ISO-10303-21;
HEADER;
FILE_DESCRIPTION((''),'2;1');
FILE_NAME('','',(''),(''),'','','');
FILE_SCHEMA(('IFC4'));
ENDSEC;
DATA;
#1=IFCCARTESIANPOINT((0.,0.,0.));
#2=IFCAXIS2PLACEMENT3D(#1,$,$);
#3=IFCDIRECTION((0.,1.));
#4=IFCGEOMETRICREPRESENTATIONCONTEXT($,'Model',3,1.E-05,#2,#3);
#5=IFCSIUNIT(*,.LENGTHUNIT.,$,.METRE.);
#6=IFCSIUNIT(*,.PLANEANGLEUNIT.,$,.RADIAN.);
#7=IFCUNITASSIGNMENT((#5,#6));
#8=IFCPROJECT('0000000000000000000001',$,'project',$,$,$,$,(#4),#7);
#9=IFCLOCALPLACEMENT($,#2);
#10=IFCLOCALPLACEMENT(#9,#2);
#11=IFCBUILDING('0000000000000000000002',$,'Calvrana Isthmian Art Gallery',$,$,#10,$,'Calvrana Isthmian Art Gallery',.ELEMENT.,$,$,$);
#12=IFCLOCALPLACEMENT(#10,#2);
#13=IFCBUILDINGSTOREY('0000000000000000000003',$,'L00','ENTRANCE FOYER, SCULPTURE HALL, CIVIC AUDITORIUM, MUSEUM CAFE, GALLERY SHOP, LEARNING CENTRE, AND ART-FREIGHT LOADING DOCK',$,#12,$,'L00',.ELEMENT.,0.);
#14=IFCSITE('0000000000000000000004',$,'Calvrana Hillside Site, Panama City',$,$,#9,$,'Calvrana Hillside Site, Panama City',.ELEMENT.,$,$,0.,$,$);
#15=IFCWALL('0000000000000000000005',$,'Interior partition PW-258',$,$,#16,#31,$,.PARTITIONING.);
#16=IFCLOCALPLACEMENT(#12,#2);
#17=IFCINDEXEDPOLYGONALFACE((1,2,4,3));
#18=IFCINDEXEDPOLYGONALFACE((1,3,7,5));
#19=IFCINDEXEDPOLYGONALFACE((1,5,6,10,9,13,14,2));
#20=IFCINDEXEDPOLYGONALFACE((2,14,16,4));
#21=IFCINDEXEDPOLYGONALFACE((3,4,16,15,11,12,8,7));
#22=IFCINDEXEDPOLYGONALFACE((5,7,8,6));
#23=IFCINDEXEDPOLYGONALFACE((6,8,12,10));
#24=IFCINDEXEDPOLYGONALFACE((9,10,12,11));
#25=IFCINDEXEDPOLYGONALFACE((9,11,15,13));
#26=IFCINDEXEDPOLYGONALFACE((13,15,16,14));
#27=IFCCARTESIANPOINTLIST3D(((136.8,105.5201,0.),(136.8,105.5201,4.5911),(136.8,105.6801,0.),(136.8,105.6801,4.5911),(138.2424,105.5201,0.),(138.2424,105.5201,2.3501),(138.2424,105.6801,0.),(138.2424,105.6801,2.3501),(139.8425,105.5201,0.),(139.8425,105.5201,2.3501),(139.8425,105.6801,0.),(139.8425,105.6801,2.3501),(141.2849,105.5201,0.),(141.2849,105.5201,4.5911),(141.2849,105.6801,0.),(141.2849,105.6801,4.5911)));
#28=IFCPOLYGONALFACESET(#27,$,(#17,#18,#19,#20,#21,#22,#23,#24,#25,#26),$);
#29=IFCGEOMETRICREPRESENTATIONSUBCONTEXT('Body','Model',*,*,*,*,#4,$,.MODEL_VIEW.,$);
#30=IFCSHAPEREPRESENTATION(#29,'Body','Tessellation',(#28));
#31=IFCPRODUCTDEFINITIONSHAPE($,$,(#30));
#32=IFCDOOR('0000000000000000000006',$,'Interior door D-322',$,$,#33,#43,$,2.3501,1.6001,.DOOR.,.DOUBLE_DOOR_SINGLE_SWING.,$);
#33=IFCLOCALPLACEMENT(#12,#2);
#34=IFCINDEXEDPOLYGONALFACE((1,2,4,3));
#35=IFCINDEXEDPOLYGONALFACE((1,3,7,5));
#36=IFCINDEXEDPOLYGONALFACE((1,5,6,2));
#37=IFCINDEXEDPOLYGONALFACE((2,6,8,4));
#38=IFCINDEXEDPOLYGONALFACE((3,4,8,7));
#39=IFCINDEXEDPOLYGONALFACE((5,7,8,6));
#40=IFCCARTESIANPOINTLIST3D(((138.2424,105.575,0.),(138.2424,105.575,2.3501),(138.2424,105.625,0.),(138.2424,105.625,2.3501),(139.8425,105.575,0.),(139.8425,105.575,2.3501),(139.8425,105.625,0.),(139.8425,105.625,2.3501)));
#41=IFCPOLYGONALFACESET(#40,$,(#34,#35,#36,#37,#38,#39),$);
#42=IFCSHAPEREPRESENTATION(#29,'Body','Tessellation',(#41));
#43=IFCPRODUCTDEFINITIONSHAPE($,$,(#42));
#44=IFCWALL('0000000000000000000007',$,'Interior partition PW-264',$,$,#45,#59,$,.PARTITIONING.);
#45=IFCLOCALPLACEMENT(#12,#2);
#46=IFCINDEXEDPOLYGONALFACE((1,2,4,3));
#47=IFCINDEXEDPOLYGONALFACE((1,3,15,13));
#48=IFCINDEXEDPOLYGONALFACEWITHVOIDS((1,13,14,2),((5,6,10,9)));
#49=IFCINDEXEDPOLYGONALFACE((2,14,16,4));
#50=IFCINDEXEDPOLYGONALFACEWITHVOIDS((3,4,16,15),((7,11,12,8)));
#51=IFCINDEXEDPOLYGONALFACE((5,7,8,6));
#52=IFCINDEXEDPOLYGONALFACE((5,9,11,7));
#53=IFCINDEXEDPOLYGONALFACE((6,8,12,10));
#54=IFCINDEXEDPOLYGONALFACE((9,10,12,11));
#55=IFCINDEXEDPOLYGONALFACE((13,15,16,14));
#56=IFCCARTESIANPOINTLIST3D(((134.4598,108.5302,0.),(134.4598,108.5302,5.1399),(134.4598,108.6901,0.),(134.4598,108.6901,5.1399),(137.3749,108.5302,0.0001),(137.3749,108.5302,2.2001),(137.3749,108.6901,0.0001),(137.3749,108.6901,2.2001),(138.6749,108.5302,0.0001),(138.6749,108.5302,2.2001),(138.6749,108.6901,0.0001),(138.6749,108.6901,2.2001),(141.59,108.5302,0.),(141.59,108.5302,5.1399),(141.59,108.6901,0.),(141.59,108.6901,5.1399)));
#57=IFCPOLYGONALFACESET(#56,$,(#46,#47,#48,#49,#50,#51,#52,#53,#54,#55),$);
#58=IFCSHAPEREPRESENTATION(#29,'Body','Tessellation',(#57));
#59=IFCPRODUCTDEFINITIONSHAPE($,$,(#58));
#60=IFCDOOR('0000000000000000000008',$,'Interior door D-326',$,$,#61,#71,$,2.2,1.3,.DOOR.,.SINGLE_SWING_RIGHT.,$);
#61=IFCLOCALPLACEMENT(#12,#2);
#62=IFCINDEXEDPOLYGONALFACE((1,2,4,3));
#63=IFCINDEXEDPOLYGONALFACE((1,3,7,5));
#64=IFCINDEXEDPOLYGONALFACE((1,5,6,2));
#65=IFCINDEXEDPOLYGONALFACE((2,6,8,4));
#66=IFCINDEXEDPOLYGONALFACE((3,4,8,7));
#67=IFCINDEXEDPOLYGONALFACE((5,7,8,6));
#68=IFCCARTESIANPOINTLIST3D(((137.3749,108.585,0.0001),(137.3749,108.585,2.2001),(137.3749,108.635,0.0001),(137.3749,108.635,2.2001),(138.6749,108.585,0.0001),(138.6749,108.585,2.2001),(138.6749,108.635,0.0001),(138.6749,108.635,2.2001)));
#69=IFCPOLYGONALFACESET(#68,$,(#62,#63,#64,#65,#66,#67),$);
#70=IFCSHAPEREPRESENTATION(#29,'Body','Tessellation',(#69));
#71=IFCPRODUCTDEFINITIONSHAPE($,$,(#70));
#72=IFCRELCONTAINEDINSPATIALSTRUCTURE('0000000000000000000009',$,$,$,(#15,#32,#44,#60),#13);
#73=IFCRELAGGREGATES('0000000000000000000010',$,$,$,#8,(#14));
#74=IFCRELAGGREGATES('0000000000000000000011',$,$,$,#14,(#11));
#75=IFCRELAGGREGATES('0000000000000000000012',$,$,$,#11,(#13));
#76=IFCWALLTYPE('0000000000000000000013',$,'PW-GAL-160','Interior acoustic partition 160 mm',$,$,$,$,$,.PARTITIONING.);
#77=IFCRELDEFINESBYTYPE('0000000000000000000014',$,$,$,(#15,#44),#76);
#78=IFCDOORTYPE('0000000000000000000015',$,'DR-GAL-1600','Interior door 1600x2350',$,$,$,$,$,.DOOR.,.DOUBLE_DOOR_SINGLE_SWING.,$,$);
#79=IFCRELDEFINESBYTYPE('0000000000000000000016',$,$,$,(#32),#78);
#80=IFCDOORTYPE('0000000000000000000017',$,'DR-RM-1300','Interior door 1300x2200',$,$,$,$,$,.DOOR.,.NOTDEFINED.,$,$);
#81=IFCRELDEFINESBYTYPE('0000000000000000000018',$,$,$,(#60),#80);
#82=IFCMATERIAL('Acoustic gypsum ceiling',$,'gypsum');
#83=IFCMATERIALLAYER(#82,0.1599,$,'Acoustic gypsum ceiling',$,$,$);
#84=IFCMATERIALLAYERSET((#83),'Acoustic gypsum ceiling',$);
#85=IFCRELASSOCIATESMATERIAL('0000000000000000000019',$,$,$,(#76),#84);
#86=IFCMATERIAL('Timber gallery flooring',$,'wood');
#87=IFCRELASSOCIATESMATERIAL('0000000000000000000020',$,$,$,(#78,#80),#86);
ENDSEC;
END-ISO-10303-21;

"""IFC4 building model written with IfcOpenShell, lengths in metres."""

from ifc_helpers import new_model, si_unit, direction, frame, frame_2d, origin, place, context, subcontext, project, spatial, rectangle, extrude, material, layer, layer_set, type_object, element, fill, save


model = new_model("IFC4")

# Units and contexts
model_context = context("Model", 3, precision=1e-05, world=origin(), true_north=direction((0.0, 1.0)))
body_context = subcontext(model_context, "Body", "Model", "MODEL_VIEW")
ifc_project = project(units=[si_unit("LENGTHUNIT", "METRE"), si_unit("PLANEANGLEUNIT", "RADIAN")], contexts=[model_context])

# Site, building, storey
site_placement = place(None, origin())
site = spatial("IfcSite", under=ifc_project, at=site_placement, Name="Calvrana Hillside Site, Panama City", LongName="Calvrana Hillside Site, Panama City", CompositionType="ELEMENT", RefElevation=0.0)
building_placement = place(site_placement, origin())
building = spatial("IfcBuilding", under=site, at=building_placement, Name="Calvrana Isthmian Art Gallery", LongName="Calvrana Isthmian Art Gallery", CompositionType="ELEMENT")
storey_placement = place(building_placement, origin())
storey = spatial("IfcBuildingStorey", under=building, at=storey_placement, Name="L00", Description="ENTRANCE FOYER, SCULPTURE HALL, CIVIC AUDITORIUM, MUSEUM CAFE, GALLERY SHOP, LEARNING CENTRE, AND ART-FREIGHT LOADING DOCK", LongName="L00", CompositionType="ELEMENT", Elevation=0.0)

# Walls, openings, doors
ifc_material_1 = material(Name="Acoustic gypsum ceiling", Category="gypsum")
ifc_layer_1 = layer(ifc_material_1, 0.1599, Name="Acoustic gypsum ceiling")
ifc_layer_set_1 = layer_set([ifc_layer_1], Name="Acoustic gypsum ceiling")
wall_type_1 = type_object("IfcWallType", Name="PW-GAL-160", Description="Interior acoustic partition 160 mm", PredefinedType="PARTITIONING", material=ifc_layer_set_1)
wall_1_placement = place(storey_placement, frame((136.8, 105.6001, 0.0), z_axis=(0.0, 0.0, 1.0), x_axis=(1.0, 0.0, 0.0)))
wall_1 = element("IfcWall", 1, at=wall_1_placement, inside=storey, type_object=wall_type_1, Name="Interior partition PW-258", PredefinedType="PARTITIONING", context=body_context, shape_type="SweptSolid", body=[
    extrude(rectangle(XDim=4.4849, YDim=0.1599, at=frame_2d((2.2424, 0.0))), origin(), (0.0, 0.0, 1.0), 4.5911),
])
opening_1_placement = place(wall_1_placement, frame((1.4424, 0.0, 0.0)))
opening_1 = element("IfcOpeningElement", 2, at=opening_1_placement, cuts=wall_1, PredefinedType="OPENING", context=body_context, shape_type="SweptSolid", body=[
    extrude(rectangle(XDim=1.6001, YDim=2.3501, at=frame_2d((0.8, 1.175))), frame((0.0, 0.0903, 0.0), z_axis=(0.0, -1.0, 0.0), x_axis=(1.0, 0.0, 0.0)), (0.0, 0.0, 1.0), 0.1804),
])
ifc_material_2 = material(Name="Timber gallery flooring", Category="wood")
door_type_1 = type_object("IfcDoorType", Name="DR-GAL-1600", Description="Interior door 1600x2350", OperationType="DOUBLE_DOOR_SINGLE_SWING", PredefinedType="DOOR", material=ifc_material_2)
door_1_placement = place(opening_1_placement, origin())
door_1 = element("IfcDoor", 3, at=door_1_placement, inside=storey, type_object=door_type_1, Name="Interior door D-322", OperationType="DOUBLE_DOOR_SINGLE_SWING", OverallHeight=2.3501, OverallWidth=1.6001, PredefinedType="DOOR", context=body_context, shape_type="SweptSolid", body=[
    extrude(rectangle(XDim=1.6001, YDim=2.3501, at=frame_2d((0.8, 1.175))), frame((0.0, 0.0249, 0.0), z_axis=(0.0, -1.0, 0.0), x_axis=(1.0, 0.0, 0.0)), (0.0, 0.0, 1.0), 0.05),
])
fill(opening_1, door_1)
wall_2_placement = place(storey_placement, frame((134.46, 108.6101, 0.0), z_axis=(0.0, 0.0, 1.0), x_axis=(1.0, 0.0, 0.0)))
wall_2 = element("IfcWall", 4, at=wall_2_placement, inside=storey, type_object=wall_type_1, Name="Interior partition PW-264", PredefinedType="PARTITIONING", context=body_context, shape_type="SweptSolid", body=[
    extrude(rectangle(XDim=7.1301, YDim=0.1599, at=frame_2d((3.5649, 0.0))), origin(), (0.0, 0.0, 1.0), 5.1399),
])
opening_2_placement = place(wall_2_placement, frame((2.915, 0.0, 0.0)))
opening_2 = element("IfcOpeningElement", 5, at=opening_2_placement, cuts=wall_2, PredefinedType="OPENING", context=body_context, shape_type="SweptSolid", body=[
    extrude(rectangle(XDim=1.3, YDim=2.2, at=frame_2d((0.6499, 1.1001))), frame((0.0, 0.0903, 0.0), z_axis=(0.0, -1.0, 0.0), x_axis=(1.0, 0.0, 0.0)), (0.0, 0.0, 1.0), 0.1804),
])
door_type_2 = type_object("IfcDoorType", Name="DR-RM-1300", Description="Interior door 1300x2200", OperationType="NOTDEFINED", PredefinedType="DOOR", material=ifc_material_2)
door_2_placement = place(opening_2_placement, origin())
door_2 = element("IfcDoor", 6, at=door_2_placement, inside=storey, type_object=door_type_2, Name="Interior door D-326", OperationType="SINGLE_SWING_RIGHT", OverallHeight=2.2, OverallWidth=1.3, PredefinedType="DOOR", context=body_context, shape_type="SweptSolid", body=[
    extrude(rectangle(XDim=1.3, YDim=2.2, at=frame_2d((0.6499, 1.1001))), frame((0.0, 0.0249, 0.0), z_axis=(0.0, -1.0, 0.0), x_axis=(1.0, 0.0, 0.0)), (0.0, 0.0, 1.0), 0.05),
])
fill(opening_2, door_2)

save(model, "model.ifc")
